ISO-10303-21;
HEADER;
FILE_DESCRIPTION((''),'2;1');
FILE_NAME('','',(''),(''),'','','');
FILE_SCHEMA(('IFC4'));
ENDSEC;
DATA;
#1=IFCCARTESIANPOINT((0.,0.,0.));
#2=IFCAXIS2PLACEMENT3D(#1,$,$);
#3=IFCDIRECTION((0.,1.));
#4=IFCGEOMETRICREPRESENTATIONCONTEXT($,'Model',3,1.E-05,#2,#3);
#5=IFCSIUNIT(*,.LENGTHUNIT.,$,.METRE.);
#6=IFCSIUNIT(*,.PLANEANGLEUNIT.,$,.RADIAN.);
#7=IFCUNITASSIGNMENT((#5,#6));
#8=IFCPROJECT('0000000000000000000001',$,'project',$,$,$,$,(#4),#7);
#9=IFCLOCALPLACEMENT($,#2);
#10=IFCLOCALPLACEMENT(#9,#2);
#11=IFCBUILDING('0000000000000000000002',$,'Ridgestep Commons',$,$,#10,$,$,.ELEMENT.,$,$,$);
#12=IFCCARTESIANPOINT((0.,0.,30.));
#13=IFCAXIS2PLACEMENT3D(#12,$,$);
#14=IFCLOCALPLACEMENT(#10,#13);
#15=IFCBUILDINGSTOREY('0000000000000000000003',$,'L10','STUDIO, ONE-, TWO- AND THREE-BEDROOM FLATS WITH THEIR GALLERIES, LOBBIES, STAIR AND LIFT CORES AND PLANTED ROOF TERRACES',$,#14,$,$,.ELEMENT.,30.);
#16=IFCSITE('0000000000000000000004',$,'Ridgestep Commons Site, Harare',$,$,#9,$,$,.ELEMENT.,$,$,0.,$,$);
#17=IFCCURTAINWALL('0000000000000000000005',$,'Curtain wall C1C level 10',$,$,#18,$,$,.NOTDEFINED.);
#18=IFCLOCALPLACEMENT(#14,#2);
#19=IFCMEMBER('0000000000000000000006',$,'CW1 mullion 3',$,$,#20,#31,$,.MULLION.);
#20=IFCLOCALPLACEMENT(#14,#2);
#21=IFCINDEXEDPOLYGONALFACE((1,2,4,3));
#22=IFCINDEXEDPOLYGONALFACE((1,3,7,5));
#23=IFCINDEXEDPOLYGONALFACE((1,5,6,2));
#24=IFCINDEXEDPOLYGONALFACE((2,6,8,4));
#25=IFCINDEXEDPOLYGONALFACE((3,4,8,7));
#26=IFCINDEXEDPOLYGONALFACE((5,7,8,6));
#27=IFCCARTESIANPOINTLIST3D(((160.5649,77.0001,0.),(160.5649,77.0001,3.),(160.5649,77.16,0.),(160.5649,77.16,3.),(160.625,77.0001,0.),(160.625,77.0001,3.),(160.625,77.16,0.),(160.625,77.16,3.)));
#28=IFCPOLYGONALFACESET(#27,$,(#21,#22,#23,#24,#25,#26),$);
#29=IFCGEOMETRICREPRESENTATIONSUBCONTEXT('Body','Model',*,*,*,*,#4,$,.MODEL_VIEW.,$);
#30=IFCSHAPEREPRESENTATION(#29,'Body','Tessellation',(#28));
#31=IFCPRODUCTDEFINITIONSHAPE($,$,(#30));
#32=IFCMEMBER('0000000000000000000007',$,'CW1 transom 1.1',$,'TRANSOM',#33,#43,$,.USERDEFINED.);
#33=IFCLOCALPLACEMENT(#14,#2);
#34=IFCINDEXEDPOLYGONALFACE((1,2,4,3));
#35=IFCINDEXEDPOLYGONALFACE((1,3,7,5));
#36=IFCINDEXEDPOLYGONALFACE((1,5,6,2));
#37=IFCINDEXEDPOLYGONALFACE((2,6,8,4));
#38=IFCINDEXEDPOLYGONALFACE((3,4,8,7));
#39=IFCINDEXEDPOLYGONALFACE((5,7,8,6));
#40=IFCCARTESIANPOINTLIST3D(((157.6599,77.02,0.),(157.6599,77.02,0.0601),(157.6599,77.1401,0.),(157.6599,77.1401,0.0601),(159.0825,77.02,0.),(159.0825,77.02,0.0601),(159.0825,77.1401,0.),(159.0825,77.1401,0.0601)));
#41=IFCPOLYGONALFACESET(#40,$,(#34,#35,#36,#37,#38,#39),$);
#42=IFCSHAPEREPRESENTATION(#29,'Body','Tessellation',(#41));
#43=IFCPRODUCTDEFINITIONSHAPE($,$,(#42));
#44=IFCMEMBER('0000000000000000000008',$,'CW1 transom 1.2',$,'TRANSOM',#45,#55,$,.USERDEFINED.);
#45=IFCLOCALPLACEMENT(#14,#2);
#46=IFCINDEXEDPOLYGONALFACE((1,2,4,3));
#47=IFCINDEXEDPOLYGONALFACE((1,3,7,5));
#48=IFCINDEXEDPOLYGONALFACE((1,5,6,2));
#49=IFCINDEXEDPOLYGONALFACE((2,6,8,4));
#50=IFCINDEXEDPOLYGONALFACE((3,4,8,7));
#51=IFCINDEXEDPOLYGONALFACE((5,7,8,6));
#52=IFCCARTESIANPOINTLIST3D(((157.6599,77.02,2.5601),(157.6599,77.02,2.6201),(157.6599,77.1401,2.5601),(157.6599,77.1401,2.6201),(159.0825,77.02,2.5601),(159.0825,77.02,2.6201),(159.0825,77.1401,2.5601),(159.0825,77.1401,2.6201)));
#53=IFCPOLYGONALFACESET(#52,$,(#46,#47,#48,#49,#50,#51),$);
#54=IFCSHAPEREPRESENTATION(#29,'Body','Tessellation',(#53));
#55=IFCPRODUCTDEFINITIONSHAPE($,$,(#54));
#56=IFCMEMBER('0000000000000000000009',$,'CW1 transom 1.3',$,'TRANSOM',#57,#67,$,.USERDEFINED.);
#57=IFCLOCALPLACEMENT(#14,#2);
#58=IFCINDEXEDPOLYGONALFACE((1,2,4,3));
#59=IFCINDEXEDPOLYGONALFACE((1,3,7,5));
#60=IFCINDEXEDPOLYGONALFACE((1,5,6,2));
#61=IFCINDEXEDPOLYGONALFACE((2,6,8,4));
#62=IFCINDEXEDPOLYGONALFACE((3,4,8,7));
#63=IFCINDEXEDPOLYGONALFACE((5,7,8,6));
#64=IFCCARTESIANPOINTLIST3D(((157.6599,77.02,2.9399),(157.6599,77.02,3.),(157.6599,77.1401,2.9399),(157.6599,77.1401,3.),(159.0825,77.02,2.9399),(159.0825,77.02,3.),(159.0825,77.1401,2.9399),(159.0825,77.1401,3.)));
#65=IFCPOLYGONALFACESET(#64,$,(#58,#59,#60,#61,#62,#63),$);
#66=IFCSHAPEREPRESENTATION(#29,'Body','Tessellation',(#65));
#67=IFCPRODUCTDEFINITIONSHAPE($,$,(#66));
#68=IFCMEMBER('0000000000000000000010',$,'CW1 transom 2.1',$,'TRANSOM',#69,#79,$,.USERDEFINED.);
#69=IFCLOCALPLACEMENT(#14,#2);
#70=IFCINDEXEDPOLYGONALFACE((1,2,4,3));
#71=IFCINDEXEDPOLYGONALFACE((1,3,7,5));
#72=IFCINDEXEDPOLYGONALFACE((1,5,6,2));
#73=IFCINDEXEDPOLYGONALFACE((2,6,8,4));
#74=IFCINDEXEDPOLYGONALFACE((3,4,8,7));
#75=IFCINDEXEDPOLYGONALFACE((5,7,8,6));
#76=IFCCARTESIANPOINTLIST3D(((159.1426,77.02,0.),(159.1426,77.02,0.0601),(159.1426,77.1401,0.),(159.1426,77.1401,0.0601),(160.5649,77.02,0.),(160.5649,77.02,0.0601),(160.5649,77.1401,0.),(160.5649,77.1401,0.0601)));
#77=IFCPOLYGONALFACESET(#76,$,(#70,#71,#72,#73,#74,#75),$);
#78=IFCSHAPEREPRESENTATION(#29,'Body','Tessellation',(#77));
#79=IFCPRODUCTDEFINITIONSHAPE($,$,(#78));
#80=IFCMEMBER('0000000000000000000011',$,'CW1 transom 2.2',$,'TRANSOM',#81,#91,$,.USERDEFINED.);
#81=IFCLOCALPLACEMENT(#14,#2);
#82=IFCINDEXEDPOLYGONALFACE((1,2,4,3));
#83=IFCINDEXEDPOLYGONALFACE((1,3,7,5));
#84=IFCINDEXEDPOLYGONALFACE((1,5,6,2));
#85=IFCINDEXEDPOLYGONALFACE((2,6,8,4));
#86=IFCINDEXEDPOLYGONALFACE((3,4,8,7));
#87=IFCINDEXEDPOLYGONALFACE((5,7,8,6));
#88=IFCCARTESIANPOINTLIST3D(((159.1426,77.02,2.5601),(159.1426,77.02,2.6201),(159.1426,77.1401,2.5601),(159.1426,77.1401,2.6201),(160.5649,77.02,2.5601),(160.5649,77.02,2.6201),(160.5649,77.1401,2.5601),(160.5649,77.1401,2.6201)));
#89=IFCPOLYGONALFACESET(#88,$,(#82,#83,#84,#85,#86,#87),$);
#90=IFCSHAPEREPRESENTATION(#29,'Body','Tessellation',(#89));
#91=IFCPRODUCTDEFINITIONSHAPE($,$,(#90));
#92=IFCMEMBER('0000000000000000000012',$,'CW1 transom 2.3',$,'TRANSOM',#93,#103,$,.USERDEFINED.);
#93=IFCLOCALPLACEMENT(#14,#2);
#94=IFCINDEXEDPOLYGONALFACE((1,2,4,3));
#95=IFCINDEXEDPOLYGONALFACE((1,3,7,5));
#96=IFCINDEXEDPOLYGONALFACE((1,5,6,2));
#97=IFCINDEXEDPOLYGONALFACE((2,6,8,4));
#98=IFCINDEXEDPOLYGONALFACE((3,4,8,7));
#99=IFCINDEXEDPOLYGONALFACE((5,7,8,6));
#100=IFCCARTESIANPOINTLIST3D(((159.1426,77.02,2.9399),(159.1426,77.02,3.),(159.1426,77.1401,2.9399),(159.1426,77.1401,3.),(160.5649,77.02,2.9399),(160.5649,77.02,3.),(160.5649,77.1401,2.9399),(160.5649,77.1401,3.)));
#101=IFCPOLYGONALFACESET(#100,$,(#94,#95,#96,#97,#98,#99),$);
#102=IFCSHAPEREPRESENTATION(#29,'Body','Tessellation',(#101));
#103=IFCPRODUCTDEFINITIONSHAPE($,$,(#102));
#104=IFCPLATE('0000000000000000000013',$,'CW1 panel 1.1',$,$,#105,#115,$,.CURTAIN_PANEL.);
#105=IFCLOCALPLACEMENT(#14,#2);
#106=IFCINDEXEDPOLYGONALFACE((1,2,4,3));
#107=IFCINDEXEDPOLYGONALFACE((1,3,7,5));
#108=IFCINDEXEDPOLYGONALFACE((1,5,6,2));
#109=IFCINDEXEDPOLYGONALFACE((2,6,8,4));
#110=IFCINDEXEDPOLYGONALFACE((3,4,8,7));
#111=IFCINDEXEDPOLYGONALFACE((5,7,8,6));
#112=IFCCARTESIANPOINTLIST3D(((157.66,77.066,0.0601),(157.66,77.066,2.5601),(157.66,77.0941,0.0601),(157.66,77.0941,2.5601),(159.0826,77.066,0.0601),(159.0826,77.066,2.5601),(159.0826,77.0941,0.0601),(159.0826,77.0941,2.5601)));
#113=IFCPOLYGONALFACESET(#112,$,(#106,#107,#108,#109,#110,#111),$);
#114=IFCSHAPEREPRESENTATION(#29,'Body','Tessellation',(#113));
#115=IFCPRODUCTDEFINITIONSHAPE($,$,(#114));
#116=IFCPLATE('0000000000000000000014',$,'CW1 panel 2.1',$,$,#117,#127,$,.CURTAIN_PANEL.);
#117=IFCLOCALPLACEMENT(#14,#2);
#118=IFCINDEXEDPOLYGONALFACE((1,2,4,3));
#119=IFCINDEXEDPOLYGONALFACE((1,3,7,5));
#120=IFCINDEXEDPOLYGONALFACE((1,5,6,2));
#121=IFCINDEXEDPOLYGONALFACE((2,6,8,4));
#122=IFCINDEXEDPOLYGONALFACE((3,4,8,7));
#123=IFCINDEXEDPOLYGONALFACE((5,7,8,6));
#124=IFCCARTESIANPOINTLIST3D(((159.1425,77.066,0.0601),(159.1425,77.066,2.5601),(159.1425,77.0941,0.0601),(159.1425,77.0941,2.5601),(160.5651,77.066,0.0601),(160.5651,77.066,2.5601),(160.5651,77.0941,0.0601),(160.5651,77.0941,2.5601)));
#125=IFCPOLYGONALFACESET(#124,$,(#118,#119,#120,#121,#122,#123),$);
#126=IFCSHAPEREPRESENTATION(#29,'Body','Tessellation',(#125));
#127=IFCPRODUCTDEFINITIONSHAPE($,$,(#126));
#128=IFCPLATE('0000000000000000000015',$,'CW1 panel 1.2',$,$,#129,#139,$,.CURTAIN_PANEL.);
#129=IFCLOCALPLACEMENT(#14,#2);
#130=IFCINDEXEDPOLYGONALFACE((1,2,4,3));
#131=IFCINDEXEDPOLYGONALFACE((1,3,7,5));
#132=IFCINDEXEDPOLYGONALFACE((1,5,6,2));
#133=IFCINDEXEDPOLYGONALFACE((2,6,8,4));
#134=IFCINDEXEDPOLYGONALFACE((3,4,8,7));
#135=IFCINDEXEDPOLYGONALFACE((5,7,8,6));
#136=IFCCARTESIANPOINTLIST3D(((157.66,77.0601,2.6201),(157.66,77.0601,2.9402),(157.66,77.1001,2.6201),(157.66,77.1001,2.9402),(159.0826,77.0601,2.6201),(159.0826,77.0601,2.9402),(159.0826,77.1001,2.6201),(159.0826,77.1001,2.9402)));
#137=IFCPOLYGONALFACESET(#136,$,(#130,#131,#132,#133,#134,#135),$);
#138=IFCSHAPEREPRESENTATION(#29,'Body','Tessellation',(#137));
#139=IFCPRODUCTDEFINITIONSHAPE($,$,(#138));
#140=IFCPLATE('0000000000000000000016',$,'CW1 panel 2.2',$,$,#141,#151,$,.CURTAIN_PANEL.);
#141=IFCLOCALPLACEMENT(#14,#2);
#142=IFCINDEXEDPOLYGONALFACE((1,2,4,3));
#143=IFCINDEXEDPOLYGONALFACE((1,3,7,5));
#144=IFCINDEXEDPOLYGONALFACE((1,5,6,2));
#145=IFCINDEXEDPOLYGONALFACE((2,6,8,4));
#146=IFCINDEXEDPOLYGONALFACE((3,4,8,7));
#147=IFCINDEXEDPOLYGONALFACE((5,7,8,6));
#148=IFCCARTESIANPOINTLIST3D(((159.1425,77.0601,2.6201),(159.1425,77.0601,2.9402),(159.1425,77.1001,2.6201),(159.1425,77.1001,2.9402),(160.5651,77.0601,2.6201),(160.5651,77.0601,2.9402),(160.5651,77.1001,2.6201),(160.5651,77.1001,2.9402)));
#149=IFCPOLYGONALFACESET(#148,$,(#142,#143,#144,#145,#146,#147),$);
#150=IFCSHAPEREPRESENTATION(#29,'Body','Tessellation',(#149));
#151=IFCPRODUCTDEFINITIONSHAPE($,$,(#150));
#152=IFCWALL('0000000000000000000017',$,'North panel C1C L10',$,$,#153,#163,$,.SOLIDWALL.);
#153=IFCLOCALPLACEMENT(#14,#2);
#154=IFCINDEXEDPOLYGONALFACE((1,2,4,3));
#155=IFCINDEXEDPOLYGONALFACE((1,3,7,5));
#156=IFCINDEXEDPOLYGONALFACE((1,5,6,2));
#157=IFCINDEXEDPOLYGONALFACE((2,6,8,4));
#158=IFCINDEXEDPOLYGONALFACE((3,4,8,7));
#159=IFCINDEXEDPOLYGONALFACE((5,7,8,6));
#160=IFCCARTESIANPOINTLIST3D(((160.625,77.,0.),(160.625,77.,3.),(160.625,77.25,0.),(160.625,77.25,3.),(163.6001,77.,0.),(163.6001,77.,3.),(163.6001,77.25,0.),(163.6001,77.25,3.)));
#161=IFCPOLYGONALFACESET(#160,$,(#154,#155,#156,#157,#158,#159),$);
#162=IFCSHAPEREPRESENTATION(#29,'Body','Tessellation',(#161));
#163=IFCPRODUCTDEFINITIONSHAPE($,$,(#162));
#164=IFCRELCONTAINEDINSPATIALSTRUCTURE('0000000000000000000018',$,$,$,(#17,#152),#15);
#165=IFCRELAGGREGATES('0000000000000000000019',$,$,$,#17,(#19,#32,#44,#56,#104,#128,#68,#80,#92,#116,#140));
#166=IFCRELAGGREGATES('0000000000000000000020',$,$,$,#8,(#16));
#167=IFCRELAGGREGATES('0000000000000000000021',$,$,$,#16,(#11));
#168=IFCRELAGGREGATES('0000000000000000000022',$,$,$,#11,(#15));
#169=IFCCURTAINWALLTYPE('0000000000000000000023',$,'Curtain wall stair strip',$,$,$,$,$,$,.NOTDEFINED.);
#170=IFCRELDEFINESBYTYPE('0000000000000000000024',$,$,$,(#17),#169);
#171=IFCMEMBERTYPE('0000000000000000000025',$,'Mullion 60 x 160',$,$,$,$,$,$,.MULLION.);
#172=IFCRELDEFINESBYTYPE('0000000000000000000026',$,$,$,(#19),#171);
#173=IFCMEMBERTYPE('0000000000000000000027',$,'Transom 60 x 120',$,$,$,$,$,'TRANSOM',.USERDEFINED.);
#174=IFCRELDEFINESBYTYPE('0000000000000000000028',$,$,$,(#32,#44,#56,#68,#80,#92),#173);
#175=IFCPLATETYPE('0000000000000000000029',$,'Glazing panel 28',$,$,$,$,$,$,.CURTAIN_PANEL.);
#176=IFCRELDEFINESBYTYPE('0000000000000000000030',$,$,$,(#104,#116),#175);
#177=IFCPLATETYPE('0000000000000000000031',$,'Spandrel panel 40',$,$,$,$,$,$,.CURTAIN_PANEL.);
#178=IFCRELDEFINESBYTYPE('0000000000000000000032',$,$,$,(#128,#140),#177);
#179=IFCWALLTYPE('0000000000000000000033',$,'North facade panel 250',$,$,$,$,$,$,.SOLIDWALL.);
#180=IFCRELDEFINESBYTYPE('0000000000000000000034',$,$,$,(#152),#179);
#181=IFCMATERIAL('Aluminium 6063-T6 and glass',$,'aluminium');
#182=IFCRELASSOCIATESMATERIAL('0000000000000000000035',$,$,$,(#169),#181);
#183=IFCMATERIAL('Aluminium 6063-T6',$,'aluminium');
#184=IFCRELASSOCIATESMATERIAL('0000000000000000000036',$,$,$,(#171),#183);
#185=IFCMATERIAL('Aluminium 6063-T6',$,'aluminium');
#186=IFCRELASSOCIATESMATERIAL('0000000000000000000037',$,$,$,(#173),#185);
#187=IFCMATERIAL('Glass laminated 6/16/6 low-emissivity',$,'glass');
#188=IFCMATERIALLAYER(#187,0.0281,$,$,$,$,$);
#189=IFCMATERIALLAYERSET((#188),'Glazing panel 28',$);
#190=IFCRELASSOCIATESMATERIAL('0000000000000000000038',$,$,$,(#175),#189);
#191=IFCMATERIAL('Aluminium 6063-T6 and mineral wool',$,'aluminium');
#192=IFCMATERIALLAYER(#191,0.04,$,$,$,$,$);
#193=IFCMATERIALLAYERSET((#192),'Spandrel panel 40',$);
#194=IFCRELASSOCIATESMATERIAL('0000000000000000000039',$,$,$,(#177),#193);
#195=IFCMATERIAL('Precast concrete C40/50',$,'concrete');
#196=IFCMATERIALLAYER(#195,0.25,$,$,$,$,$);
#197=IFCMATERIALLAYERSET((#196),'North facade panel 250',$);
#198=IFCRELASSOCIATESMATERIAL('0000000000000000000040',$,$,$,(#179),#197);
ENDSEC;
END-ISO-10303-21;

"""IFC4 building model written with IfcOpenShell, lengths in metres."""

from ifc_helpers import new_model, si_unit, direction, frame, frame_2d, origin, origin_2d, place, context, subcontext, project, spatial, rectangle, extrude, material, layer, layer_set, material_profile, profile_set, type_object, element, aggregate, save


model = new_model("IFC4")

# Units and contexts
model_context = context("Model", 3, precision=1e-05, world=origin(), true_north=direction((0.0, 1.0)))
body_context = subcontext(model_context, "Body", "Model", "MODEL_VIEW")
ifc_project = project(units=[si_unit("LENGTHUNIT", "METRE"), si_unit("PLANEANGLEUNIT", "RADIAN")], contexts=[model_context])

# Site, building, storey
site_placement = place(None, origin())
site = spatial("IfcSite", under=ifc_project, at=site_placement, Name="Ridgestep Commons Site, Harare", CompositionType="ELEMENT", RefElevation=0.0)
building_placement = place(site_placement, origin())
building = spatial("IfcBuilding", under=site, at=building_placement, Name="Ridgestep Commons", CompositionType="ELEMENT")
storey_placement = place(building_placement, frame((0.0, 0.0, 30.0)))
storey = spatial("IfcBuildingStorey", under=building, at=storey_placement, Name="L10", Description="STUDIO, ONE-, TWO- AND THREE-BEDROOM FLATS WITH THEIR GALLERIES, LOBBIES, STAIR AND LIFT CORES AND PLANTED ROOF TERRACES", CompositionType="ELEMENT", Elevation=30.0)

# Curtain wall, members, plates
ifc_material_1 = material(Name="Aluminium 6063-T6 and glass", Category="aluminium")
curtain_wall_type = type_object("IfcCurtainWallType", Name="Curtain wall stair strip", PredefinedType="NOTDEFINED", material=ifc_material_1)
curtain_wall_placement = place(storey_placement, origin())
curtain_wall = element("IfcCurtainWall", 1, at=curtain_wall_placement, inside=storey, type_object=curtain_wall_type, Name="Curtain wall C1C level 10", PredefinedType="NOTDEFINED")
ifc_material_2 = material(Name="Aluminium 6063-T6", Category="aluminium")
ifc_material_profile_1 = material_profile(ifc_material_2, rectangle(XDim=0.1599, YDim=0.0601, at=origin_2d()), Name="Mullion 60 x 160")
ifc_profile_set_1 = profile_set([ifc_material_profile_1], Name="Aluminium 6063-T6")
member_type_1 = type_object("IfcMemberType", Name="Mullion 60 x 160", PredefinedType="MULLION", material=ifc_profile_set_1)
member_1_placement = place(storey_placement, frame((160.595, 77.0801, 0.0), z_axis=(0.0, 0.0, 1.0), x_axis=(0.0, 1.0, 0.0)))
member_1 = element("IfcMember", 2, at=member_1_placement, type_object=member_type_1, Name="CW1 mullion 3", PredefinedType="MULLION", context=body_context, shape_type="SweptSolid", body=[
    extrude(rectangle(XDim=0.1599, YDim=0.0601, at=origin_2d()), origin(), (0.0, 0.0, 1.0), 3.0),
])
ifc_material_3 = material(Name="Aluminium 6063-T6", Category="aluminium")
ifc_material_profile_2 = material_profile(ifc_material_3, rectangle(XDim=0.1201, YDim=0.0601, at=origin_2d()), Name="Transom 60 x 120")
ifc_profile_set_2 = profile_set([ifc_material_profile_2], Name="Aluminium 6063-T6")
member_type_2 = type_object("IfcMemberType", Name="Transom 60 x 120", ElementType="TRANSOM", PredefinedType="USERDEFINED", material=ifc_profile_set_2)
member_2_placement = place(storey_placement, frame((157.6599, 77.0801, 0.03), z_axis=(1.0, 0.0, 0.0), x_axis=(0.0, 1.0, 0.0)))
member_2 = element("IfcMember", 3, at=member_2_placement, type_object=member_type_2, Name="CW1 transom 1.1", ObjectType="TRANSOM", PredefinedType="USERDEFINED", context=body_context, shape_type="SweptSolid", body=[
    extrude(rectangle(XDim=0.1201, YDim=0.0601, at=origin_2d()), origin(), (0.0, 0.0, 1.0), 1.4226),
])
member_3_placement = place(storey_placement, frame((157.6599, 77.0801, 2.5901), z_axis=(1.0, 0.0, 0.0), x_axis=(0.0, 1.0, 0.0)))
member_3 = element("IfcMember", 4, at=member_3_placement, type_object=member_type_2, Name="CW1 transom 1.2", ObjectType="TRANSOM", PredefinedType="USERDEFINED", context=body_context, shape_type="SweptSolid", body=[
    extrude(rectangle(XDim=0.1201, YDim=0.0601, at=origin_2d()), origin(), (0.0, 0.0, 1.0), 1.4226),
])
member_4_placement = place(storey_placement, frame((157.6599, 77.0801, 2.97), z_axis=(1.0, 0.0, 0.0), x_axis=(0.0, 1.0, 0.0)))
member_4 = element("IfcMember", 5, at=member_4_placement, type_object=member_type_2, Name="CW1 transom 1.3", ObjectType="TRANSOM", PredefinedType="USERDEFINED", context=body_context, shape_type="SweptSolid", body=[
    extrude(rectangle(XDim=0.1201, YDim=0.0601, at=origin_2d()), origin(), (0.0, 0.0, 1.0), 1.4226),
])
member_5_placement = place(storey_placement, frame((159.1426, 77.0801, 0.03), z_axis=(1.0, 0.0, 0.0), x_axis=(0.0, 1.0, 0.0)))
member_5 = element("IfcMember", 6, at=member_5_placement, type_object=member_type_2, Name="CW1 transom 2.1", ObjectType="TRANSOM", PredefinedType="USERDEFINED", context=body_context, shape_type="SweptSolid", body=[
    extrude(rectangle(XDim=0.1201, YDim=0.0601, at=origin_2d()), origin(), (0.0, 0.0, 1.0), 1.4224),
])
member_6_placement = place(storey_placement, frame((159.1426, 77.0801, 2.5901), z_axis=(1.0, 0.0, 0.0), x_axis=(0.0, 1.0, 0.0)))
member_6 = element("IfcMember", 7, at=member_6_placement, type_object=member_type_2, Name="CW1 transom 2.2", ObjectType="TRANSOM", PredefinedType="USERDEFINED", context=body_context, shape_type="SweptSolid", body=[
    extrude(rectangle(XDim=0.1201, YDim=0.0601, at=origin_2d()), origin(), (0.0, 0.0, 1.0), 1.4224),
])
member_7_placement = place(storey_placement, frame((159.1426, 77.0801, 2.97), z_axis=(1.0, 0.0, 0.0), x_axis=(0.0, 1.0, 0.0)))
member_7 = element("IfcMember", 8, at=member_7_placement, type_object=member_type_2, Name="CW1 transom 2.3", ObjectType="TRANSOM", PredefinedType="USERDEFINED", context=body_context, shape_type="SweptSolid", body=[
    extrude(rectangle(XDim=0.1201, YDim=0.0601, at=origin_2d()), origin(), (0.0, 0.0, 1.0), 1.4224),
])
ifc_material_4 = material(Name="Glass laminated 6/16/6 low-emissivity", Category="glass")
ifc_layer_1 = layer(ifc_material_4, 0.0281)
ifc_layer_set_1 = layer_set([ifc_layer_1], Name="Glazing panel 28")
plate_type_1 = type_object("IfcPlateType", Name="Glazing panel 28", PredefinedType="CURTAIN_PANEL", material=ifc_layer_set_1)
plate_1_placement = place(storey_placement, frame((158.3713, 77.0801, 0.0601), z_axis=(0.0, 0.0, 1.0), x_axis=(1.0, 0.0, 0.0)))
plate_1 = element("IfcPlate", 9, at=plate_1_placement, type_object=plate_type_1, Name="CW1 panel 1.1", PredefinedType="CURTAIN_PANEL", context=body_context, shape_type="SweptSolid", body=[
    extrude(rectangle(XDim=1.4226, YDim=0.0281, at=origin_2d()), origin(), (0.0, 0.0, 1.0), 2.5),
])
plate_2_placement = place(storey_placement, frame((159.8538, 77.0801, 0.0601), z_axis=(0.0, 0.0, 1.0), x_axis=(1.0, 0.0, 0.0)))
plate_2 = element("IfcPlate", 10, at=plate_2_placement, type_object=plate_type_1, Name="CW1 panel 2.1", PredefinedType="CURTAIN_PANEL", context=body_context, shape_type="SweptSolid", body=[
    extrude(rectangle(XDim=1.4226, YDim=0.0281, at=origin_2d()), origin(), (0.0, 0.0, 1.0), 2.5),
])
ifc_material_5 = material(Name="Aluminium 6063-T6 and mineral wool", Category="aluminium")
ifc_layer_2 = layer(ifc_material_5, 0.04)
ifc_layer_set_2 = layer_set([ifc_layer_2], Name="Spandrel panel 40")
plate_type_2 = type_object("IfcPlateType", Name="Spandrel panel 40", PredefinedType="CURTAIN_PANEL", material=ifc_layer_set_2)
plate_3_placement = place(storey_placement, frame((158.3713, 77.0801, 2.6201), z_axis=(0.0, 0.0, 1.0), x_axis=(1.0, 0.0, 0.0)))
plate_3 = element("IfcPlate", 11, at=plate_3_placement, type_object=plate_type_2, Name="CW1 panel 1.2", PredefinedType="CURTAIN_PANEL", context=body_context, shape_type="SweptSolid", body=[
    extrude(rectangle(XDim=1.4226, YDim=0.04, at=origin_2d()), origin(), (0.0, 0.0, 1.0), 0.3201),
])
plate_4_placement = place(storey_placement, frame((159.8538, 77.0801, 2.6201), z_axis=(0.0, 0.0, 1.0), x_axis=(1.0, 0.0, 0.0)))
plate_4 = element("IfcPlate", 12, at=plate_4_placement, type_object=plate_type_2, Name="CW1 panel 2.2", PredefinedType="CURTAIN_PANEL", context=body_context, shape_type="SweptSolid", body=[
    extrude(rectangle(XDim=1.4226, YDim=0.04, at=origin_2d()), origin(), (0.0, 0.0, 1.0), 0.3201),
])
aggregate(curtain_wall, [member_1, member_2, member_3, member_4, plate_1, plate_3, member_5, member_6, member_7, plate_2, plate_4])

# Wall
ifc_material_6 = material(Name="Precast concrete C40/50", Category="concrete")
ifc_layer_3 = layer(ifc_material_6, 0.25)
ifc_layer_set_3 = layer_set([ifc_layer_3], Name="North facade panel 250")
wall_type = type_object("IfcWallType", Name="North facade panel 250", PredefinedType="SOLIDWALL", material=ifc_layer_set_3)
wall_placement = place(storey_placement, frame((160.625, 77.125, 0.0), z_axis=(0.0, 0.0, 1.0), x_axis=(1.0, 0.0, 0.0)))
element("IfcWall", 13, at=wall_placement, inside=storey, type_object=wall_type, Name="North panel C1C L10", PredefinedType="SOLIDWALL", context=body_context, shape_type="SweptSolid", body=[
    extrude(rectangle(XDim=2.9751, YDim=0.25, at=frame_2d((1.4875, 0.0))), origin(), (0.0, 0.0, 1.0), 3.0),
])

save(model, "model.ifc")
